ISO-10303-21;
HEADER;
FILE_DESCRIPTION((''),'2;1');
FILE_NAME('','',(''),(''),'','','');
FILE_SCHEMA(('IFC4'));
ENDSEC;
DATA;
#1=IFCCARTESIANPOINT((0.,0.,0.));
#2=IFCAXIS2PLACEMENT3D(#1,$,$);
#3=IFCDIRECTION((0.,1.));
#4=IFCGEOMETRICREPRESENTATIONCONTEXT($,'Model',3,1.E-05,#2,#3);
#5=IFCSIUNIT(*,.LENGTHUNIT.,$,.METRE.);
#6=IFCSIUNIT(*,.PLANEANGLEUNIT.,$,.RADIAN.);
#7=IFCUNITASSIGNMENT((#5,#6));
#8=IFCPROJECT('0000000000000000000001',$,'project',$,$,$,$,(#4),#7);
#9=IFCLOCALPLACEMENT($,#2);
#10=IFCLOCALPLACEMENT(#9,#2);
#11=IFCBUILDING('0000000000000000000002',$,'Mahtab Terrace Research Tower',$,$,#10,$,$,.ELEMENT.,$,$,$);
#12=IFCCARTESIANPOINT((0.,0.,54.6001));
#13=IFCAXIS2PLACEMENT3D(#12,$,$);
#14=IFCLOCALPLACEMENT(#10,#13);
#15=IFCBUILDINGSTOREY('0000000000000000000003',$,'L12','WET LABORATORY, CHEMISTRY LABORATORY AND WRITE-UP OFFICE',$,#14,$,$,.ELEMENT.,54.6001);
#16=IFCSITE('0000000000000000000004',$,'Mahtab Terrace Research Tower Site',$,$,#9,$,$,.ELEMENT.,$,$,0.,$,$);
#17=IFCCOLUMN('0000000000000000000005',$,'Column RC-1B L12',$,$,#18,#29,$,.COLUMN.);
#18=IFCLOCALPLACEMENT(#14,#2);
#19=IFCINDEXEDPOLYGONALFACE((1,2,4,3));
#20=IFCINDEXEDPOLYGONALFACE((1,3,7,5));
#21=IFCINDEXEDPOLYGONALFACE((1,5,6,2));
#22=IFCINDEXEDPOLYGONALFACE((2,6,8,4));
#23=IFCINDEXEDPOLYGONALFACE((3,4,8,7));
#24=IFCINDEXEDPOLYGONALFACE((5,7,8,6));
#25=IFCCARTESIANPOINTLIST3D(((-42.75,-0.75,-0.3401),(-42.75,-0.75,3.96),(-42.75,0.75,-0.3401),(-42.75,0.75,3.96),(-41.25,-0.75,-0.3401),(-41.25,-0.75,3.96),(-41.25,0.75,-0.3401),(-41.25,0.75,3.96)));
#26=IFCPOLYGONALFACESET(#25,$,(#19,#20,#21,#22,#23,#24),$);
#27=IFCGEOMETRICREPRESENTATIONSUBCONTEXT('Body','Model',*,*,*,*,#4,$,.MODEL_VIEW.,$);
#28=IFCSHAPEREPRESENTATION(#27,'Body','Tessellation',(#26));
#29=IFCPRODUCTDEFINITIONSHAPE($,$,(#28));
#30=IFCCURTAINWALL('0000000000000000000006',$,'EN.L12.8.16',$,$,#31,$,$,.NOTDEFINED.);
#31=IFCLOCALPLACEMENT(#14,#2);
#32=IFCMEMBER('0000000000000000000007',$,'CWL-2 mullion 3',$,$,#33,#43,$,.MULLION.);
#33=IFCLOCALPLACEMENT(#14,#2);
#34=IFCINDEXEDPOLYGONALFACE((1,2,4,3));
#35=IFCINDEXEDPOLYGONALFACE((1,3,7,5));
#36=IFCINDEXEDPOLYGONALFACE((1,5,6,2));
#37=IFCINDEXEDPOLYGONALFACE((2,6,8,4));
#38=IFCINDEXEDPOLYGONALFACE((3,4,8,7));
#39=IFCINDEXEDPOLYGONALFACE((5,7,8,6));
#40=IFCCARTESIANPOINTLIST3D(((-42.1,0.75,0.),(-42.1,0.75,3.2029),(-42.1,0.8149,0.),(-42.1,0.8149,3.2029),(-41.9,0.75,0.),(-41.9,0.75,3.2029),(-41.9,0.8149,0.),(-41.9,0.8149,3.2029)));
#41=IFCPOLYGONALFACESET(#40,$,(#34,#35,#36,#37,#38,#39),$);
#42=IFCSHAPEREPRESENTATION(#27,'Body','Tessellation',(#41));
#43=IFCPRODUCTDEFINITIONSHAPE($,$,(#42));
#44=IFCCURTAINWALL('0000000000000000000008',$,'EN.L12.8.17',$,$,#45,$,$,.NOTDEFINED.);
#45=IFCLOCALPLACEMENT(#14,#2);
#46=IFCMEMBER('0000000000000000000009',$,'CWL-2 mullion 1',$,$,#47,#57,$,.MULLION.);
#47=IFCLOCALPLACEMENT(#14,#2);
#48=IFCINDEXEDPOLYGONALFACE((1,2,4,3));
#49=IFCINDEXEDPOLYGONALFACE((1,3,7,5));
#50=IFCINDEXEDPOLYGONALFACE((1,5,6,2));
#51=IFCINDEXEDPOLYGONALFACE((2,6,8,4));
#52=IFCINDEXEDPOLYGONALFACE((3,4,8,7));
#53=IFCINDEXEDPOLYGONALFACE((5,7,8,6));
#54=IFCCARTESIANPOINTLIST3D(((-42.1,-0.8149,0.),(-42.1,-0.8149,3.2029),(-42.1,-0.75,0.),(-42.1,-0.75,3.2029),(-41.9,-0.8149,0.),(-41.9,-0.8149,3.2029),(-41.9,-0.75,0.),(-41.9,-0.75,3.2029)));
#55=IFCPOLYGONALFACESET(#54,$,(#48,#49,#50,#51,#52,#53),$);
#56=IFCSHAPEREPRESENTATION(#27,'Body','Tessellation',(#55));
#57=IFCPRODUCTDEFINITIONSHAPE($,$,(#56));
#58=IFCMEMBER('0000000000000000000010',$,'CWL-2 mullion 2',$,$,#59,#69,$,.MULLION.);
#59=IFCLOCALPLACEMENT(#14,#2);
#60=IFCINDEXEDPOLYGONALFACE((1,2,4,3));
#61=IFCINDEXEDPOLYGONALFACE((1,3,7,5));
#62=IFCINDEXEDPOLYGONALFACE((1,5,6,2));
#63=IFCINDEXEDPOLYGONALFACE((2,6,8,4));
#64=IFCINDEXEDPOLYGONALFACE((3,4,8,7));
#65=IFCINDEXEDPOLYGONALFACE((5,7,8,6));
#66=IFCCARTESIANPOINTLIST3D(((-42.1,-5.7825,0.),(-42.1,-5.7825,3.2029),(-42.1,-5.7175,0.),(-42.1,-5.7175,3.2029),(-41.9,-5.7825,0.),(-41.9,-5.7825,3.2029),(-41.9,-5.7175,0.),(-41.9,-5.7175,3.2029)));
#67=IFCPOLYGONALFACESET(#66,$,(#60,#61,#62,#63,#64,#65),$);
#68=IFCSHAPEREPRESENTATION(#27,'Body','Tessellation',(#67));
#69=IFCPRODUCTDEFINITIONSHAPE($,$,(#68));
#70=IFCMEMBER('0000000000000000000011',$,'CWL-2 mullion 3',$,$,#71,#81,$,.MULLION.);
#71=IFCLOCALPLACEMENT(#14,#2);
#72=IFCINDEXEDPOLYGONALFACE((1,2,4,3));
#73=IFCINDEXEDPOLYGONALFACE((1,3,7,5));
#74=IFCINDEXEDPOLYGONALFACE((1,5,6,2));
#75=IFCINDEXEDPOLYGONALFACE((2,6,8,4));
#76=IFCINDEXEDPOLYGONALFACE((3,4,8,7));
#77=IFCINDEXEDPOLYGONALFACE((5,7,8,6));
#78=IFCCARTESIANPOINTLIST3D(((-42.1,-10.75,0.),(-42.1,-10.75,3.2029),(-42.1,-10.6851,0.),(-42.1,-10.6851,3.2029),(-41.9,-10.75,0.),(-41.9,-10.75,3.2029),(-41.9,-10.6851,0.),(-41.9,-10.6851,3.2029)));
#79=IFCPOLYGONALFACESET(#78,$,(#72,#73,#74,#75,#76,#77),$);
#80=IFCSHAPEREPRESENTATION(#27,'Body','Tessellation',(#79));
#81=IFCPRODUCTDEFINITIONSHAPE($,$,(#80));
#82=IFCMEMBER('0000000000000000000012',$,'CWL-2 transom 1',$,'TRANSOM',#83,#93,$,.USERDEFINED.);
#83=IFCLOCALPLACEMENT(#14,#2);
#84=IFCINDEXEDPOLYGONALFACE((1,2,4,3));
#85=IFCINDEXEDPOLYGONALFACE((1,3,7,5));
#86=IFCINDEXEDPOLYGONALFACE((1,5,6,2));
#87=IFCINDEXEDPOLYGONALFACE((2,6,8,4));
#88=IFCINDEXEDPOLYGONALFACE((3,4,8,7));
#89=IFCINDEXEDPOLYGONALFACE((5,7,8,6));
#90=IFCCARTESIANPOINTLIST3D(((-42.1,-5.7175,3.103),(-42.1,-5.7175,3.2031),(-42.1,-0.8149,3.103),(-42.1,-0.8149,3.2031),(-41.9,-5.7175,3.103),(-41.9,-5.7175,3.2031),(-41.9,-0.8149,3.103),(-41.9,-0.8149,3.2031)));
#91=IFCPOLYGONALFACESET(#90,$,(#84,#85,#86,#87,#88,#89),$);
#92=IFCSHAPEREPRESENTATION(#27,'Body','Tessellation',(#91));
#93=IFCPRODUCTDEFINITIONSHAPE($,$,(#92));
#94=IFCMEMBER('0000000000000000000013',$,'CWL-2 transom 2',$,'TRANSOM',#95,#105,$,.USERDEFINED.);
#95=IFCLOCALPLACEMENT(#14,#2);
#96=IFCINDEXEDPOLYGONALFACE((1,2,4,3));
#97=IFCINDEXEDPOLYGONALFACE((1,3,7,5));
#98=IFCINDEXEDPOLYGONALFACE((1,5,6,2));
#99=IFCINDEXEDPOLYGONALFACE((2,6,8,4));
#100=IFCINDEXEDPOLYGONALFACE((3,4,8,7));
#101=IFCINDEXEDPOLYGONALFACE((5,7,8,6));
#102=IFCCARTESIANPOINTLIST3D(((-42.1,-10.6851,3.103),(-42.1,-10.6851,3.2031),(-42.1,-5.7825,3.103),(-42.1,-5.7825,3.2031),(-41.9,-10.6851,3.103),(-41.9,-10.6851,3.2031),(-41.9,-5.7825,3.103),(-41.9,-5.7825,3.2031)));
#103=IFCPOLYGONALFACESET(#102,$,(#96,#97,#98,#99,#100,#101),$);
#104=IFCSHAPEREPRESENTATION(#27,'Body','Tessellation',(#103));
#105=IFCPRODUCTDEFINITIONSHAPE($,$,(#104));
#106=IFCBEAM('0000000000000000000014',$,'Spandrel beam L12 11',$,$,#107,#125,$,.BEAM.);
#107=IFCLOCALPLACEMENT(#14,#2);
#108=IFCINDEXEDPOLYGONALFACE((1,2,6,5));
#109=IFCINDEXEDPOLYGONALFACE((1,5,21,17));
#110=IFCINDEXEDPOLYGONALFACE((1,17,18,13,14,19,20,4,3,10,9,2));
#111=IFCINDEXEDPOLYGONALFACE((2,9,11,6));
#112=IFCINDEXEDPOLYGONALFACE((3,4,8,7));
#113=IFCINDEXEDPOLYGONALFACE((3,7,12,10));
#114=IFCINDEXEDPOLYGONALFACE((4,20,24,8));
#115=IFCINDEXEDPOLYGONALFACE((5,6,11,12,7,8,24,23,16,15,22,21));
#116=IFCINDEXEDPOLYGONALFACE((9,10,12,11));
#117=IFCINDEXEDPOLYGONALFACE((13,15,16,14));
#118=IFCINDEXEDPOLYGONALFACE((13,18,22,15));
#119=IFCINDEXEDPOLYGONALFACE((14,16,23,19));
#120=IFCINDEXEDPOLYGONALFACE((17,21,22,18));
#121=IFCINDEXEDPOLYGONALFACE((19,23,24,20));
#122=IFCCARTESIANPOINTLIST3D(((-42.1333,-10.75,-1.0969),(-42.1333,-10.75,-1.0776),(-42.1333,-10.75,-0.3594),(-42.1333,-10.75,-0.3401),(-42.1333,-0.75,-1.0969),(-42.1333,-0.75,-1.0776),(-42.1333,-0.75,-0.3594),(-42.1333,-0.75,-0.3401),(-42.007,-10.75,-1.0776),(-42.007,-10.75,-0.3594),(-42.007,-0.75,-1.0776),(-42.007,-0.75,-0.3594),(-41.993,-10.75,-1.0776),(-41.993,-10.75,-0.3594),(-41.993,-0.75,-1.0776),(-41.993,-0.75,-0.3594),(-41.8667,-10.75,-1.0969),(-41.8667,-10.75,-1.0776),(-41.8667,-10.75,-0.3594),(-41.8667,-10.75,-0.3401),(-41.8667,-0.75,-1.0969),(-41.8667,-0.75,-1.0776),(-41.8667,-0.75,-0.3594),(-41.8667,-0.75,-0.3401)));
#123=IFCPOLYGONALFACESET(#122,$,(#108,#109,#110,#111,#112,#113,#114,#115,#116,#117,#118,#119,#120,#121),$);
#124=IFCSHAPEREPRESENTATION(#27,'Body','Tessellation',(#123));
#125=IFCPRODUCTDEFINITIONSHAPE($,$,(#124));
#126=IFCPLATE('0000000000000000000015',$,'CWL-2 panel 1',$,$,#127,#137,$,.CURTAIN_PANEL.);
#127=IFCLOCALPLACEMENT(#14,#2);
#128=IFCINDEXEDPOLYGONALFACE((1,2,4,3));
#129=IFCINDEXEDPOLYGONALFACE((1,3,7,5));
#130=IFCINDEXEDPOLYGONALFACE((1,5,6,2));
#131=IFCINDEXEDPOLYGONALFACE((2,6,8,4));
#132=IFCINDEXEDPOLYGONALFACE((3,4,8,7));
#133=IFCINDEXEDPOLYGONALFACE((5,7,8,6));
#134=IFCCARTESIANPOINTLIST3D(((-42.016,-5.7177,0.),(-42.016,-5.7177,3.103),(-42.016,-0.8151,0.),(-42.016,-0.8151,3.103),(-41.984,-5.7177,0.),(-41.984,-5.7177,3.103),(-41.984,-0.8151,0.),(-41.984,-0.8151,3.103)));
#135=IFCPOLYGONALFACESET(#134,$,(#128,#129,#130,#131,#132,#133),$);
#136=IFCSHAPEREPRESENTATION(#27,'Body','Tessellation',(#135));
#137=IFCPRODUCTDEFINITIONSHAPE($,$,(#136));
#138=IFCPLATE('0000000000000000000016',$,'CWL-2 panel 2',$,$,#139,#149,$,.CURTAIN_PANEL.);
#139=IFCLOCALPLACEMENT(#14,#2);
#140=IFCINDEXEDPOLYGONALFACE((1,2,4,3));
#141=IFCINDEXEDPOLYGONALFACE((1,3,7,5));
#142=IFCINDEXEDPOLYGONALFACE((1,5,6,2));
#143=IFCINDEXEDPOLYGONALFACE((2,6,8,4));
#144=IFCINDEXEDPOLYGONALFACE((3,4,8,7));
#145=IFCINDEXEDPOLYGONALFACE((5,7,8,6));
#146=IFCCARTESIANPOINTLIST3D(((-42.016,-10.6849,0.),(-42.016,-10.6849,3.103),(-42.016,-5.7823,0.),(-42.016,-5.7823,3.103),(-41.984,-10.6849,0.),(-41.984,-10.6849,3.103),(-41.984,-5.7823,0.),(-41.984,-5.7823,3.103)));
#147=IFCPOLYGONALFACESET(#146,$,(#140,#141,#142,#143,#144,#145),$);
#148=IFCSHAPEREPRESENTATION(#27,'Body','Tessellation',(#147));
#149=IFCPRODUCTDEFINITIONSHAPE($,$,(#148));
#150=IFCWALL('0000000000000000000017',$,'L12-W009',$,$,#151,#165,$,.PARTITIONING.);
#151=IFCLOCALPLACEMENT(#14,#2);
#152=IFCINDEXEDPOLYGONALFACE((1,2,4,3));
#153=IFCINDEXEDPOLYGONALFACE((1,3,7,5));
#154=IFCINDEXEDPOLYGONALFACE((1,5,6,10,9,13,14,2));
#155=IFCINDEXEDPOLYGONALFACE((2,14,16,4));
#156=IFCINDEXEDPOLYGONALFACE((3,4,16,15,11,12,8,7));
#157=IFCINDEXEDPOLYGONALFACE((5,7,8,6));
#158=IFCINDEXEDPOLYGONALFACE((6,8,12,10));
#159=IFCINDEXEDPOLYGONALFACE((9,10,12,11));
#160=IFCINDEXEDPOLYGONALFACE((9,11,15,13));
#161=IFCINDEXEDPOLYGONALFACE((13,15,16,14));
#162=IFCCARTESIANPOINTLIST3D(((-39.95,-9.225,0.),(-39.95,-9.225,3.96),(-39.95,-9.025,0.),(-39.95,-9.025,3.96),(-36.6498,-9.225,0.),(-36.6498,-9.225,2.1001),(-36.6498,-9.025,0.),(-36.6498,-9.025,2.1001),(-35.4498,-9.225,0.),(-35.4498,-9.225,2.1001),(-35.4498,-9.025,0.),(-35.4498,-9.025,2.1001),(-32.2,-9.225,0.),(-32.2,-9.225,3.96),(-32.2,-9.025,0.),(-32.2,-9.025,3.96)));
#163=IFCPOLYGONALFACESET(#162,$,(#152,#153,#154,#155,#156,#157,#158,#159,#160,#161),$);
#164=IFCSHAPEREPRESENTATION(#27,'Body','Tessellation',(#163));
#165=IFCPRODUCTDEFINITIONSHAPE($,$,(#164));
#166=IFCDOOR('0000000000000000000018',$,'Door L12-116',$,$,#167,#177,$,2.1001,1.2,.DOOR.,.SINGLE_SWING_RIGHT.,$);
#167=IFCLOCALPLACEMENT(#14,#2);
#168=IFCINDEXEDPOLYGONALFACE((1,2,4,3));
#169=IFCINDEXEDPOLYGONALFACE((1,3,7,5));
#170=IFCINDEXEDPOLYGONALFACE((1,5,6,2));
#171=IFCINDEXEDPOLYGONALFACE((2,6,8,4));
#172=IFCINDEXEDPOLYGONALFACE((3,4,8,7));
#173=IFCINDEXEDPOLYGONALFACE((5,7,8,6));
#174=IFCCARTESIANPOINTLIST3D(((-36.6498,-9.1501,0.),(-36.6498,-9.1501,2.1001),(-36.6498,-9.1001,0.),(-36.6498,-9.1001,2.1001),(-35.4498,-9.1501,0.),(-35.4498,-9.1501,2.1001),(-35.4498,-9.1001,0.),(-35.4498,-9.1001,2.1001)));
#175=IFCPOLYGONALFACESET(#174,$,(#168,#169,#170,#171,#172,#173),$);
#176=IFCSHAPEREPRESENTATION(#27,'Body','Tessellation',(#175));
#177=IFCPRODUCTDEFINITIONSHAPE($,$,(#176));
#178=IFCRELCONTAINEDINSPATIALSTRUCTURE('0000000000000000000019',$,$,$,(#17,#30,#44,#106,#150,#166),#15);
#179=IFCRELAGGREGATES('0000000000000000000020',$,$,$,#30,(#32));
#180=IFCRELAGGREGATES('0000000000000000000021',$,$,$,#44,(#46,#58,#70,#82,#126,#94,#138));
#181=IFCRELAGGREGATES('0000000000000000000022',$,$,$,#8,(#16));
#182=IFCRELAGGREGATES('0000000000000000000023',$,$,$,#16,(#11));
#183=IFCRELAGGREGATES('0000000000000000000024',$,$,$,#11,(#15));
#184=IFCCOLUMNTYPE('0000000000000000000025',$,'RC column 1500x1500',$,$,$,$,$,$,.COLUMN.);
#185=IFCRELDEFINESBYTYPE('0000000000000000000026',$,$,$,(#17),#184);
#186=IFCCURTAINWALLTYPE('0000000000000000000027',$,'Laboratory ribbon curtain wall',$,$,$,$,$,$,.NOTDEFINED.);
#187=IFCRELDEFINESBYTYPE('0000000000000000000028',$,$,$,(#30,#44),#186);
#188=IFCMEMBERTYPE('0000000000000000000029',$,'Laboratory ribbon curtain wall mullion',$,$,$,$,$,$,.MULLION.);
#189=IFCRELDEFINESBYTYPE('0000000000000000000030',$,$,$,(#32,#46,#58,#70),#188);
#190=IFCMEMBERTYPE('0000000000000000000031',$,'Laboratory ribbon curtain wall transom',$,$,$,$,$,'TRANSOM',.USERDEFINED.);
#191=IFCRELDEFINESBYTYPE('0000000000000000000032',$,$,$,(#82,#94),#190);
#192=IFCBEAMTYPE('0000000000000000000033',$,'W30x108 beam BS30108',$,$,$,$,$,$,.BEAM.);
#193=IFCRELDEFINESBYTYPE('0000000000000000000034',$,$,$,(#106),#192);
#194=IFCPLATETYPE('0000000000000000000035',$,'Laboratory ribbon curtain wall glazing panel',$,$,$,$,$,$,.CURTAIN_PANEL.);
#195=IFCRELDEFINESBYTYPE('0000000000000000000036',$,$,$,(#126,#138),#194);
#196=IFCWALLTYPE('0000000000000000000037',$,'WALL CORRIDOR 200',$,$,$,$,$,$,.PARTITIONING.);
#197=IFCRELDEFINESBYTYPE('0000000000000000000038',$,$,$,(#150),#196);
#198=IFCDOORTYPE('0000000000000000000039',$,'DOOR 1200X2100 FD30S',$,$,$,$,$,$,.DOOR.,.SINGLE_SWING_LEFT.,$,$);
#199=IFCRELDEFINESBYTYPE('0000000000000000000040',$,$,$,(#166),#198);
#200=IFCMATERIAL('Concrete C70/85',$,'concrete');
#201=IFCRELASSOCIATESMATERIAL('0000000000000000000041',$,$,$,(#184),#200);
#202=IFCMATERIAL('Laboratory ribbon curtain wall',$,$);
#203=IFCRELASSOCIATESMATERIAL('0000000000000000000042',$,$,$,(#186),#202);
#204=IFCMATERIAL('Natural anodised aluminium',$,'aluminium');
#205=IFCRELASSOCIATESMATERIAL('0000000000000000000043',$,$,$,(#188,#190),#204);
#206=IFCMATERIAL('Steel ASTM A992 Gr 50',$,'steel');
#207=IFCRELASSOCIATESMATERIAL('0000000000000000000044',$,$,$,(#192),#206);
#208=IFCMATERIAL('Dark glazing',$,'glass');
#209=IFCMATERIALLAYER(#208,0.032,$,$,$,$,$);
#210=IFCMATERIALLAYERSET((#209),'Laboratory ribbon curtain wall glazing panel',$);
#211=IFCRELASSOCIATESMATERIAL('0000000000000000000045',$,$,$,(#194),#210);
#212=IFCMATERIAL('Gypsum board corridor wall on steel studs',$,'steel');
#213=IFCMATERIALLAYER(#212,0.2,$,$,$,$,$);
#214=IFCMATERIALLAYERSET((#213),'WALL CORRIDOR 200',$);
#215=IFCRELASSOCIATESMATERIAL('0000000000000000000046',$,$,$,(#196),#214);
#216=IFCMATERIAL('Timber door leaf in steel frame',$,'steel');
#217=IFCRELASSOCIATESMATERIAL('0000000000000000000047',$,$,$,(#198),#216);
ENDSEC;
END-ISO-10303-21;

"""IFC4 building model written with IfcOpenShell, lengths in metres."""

from ifc_helpers import new_model, si_unit, direction, frame, frame_2d, origin, origin_2d, place, context, subcontext, project, spatial, rectangle, i_section, extrude, material, layer, layer_set, material_profile, profile_set, type_object, element, fill, aggregate, save


model = new_model("IFC4")

# Units and contexts
model_context = context("Model", 3, precision=1e-05, world=origin(), true_north=direction((0.0, 1.0)))
body_context = subcontext(model_context, "Body", "Model", "MODEL_VIEW")
ifc_project = project(units=[si_unit("LENGTHUNIT", "METRE"), si_unit("PLANEANGLEUNIT", "RADIAN")], contexts=[model_context])

# Site, building, storey
site_placement = place(None, origin())
site = spatial("IfcSite", under=ifc_project, at=site_placement, Name="Mahtab Terrace Research Tower Site", CompositionType="ELEMENT", RefElevation=0.0)
building_placement = place(site_placement, origin())
building = spatial("IfcBuilding", under=site, at=building_placement, Name="Mahtab Terrace Research Tower", CompositionType="ELEMENT")
storey_placement = place(building_placement, frame((0.0, 0.0, 54.6001)))
storey = spatial("IfcBuildingStorey", under=building, at=storey_placement, Name="L12", Description="WET LABORATORY, CHEMISTRY LABORATORY AND WRITE-UP OFFICE", CompositionType="ELEMENT", Elevation=54.6001)

# Column
ifc_material_1 = material(Name="Concrete C70/85", Category="concrete")
ifc_material_profile_1 = material_profile(ifc_material_1, rectangle(XDim=1.5, YDim=1.5, at=origin_2d()), Name="RC column 1500x1500")
ifc_profile_set_1 = profile_set([ifc_material_profile_1], Name="Concrete C70/85")
column_type = type_object("IfcColumnType", Name="RC column 1500x1500", PredefinedType="COLUMN", material=ifc_profile_set_1)
column_placement = place(storey_placement, frame((-42.0, 0.0, -0.3401), z_axis=(0.0, 0.0, 1.0), x_axis=(1.0, 0.0, 0.0)))
element("IfcColumn", 1, at=column_placement, inside=storey, type_object=column_type, Name="Column RC-1B L12", PredefinedType="COLUMN", context=body_context, shape_type="SweptSolid", body=[
    extrude(rectangle(XDim=1.5, YDim=1.5, at=origin_2d()), origin(), (0.0, 0.0, 1.0), 4.3),
])

# Curtain wall, member
ifc_material_2 = material(Name="Laboratory ribbon curtain wall")
curtain_wall_type = type_object("IfcCurtainWallType", Name="Laboratory ribbon curtain wall", PredefinedType="NOTDEFINED", material=ifc_material_2)
curtain_wall_1_placement = place(storey_placement, origin())
curtain_wall_1 = element("IfcCurtainWall", 2, at=curtain_wall_1_placement, inside=storey, type_object=curtain_wall_type, Name="EN.L12.8.16", PredefinedType="NOTDEFINED")
ifc_material_3 = material(Name="Natural anodised aluminium", Category="aluminium")
ifc_material_profile_2 = material_profile(ifc_material_3, rectangle(XDim=0.2, YDim=0.0649, at=origin_2d()), Name="MULLION 65x200")
ifc_profile_set_2 = profile_set([ifc_material_profile_2], Name="Natural anodised aluminium")
member_type_1 = type_object("IfcMemberType", Name="Laboratory ribbon curtain wall mullion", PredefinedType="MULLION", material=ifc_profile_set_2)
member_1_placement = place(storey_placement, frame((-42.0, 0.7825, 0.0), z_axis=(0.0, 0.0, 1.0), x_axis=(1.0, 0.0, 0.0)))
member_1 = element("IfcMember", 3, at=member_1_placement, type_object=member_type_1, Name="CWL-2 mullion 3", PredefinedType="MULLION", context=body_context, shape_type="SweptSolid", body=[
    extrude(rectangle(XDim=0.2, YDim=0.0649, at=origin_2d()), origin(), (0.0, 0.0, 1.0), 3.2029),
])
aggregate(curtain_wall_1, [member_1])

# Curtain wall, members
curtain_wall_2_placement = place(storey_placement, origin())
curtain_wall_2 = element("IfcCurtainWall", 4, at=curtain_wall_2_placement, inside=storey, type_object=curtain_wall_type, Name="EN.L12.8.17", PredefinedType="NOTDEFINED")
member_2_placement = place(storey_placement, frame((-42.0, -0.7825, 0.0), z_axis=(0.0, 0.0, 1.0), x_axis=(1.0, 0.0, 0.0)))
member_2 = element("IfcMember", 5, at=member_2_placement, type_object=member_type_1, Name="CWL-2 mullion 1", PredefinedType="MULLION", context=body_context, shape_type="SweptSolid", body=[
    extrude(rectangle(XDim=0.2, YDim=0.0649, at=origin_2d()), origin(), (0.0, 0.0, 1.0), 3.2029),
])
member_3_placement = place(storey_placement, frame((-42.0, -5.75, 0.0), z_axis=(0.0, 0.0, 1.0), x_axis=(1.0, 0.0, 0.0)))
member_3 = element("IfcMember", 6, at=member_3_placement, type_object=member_type_1, Name="CWL-2 mullion 2", PredefinedType="MULLION", context=body_context, shape_type="SweptSolid", body=[
    extrude(rectangle(XDim=0.2, YDim=0.0649, at=origin_2d()), origin(), (0.0, 0.0, 1.0), 3.2029),
])
member_4_placement = place(storey_placement, frame((-42.0, -10.7175, 0.0), z_axis=(0.0, 0.0, 1.0), x_axis=(1.0, 0.0, 0.0)))
member_4 = element("IfcMember", 7, at=member_4_placement, type_object=member_type_1, Name="CWL-2 mullion 3", PredefinedType="MULLION", context=body_context, shape_type="SweptSolid", body=[
    extrude(rectangle(XDim=0.2, YDim=0.0649, at=origin_2d()), origin(), (0.0, 0.0, 1.0), 3.2029),
])
ifc_material_profile_3 = material_profile(ifc_material_3, rectangle(XDim=0.2, YDim=0.1001, at=origin_2d()), Name="TRANSOM 100x200")
ifc_profile_set_3 = profile_set([ifc_material_profile_3], Name="Natural anodised aluminium")
member_type_2 = type_object("IfcMemberType", Name="Laboratory ribbon curtain wall transom", ElementType="TRANSOM", PredefinedType="USERDEFINED", material=ifc_profile_set_3)
member_5_placement = place(storey_placement, frame((-42.0, -0.8149, 3.1531), z_axis=(0.0, -1.0, 0.0), x_axis=(1.0, 0.0, 0.0)))
member_5 = element("IfcMember", 8, at=member_5_placement, type_object=member_type_2, Name="CWL-2 transom 1", ObjectType="TRANSOM", PredefinedType="USERDEFINED", context=body_context, shape_type="SweptSolid", body=[
    extrude(rectangle(XDim=0.2, YDim=0.1001, at=origin_2d()), origin(), (0.0, 0.0, 1.0), 4.9026),
])
member_6_placement = place(storey_placement, frame((-42.0, -5.7825, 3.1531), z_axis=(0.0, -1.0, 0.0), x_axis=(1.0, 0.0, 0.0)))
member_6 = element("IfcMember", 9, at=member_6_placement, type_object=member_type_2, Name="CWL-2 transom 2", ObjectType="TRANSOM", PredefinedType="USERDEFINED", context=body_context, shape_type="SweptSolid", body=[
    extrude(rectangle(XDim=0.2, YDim=0.1001, at=origin_2d()), origin(), (0.0, 0.0, 1.0), 4.9026),
])

# Beam
ifc_material_4 = material(Name="Steel ASTM A992 Gr 50", Category="steel")
ifc_material_profile_4 = material_profile(ifc_material_4, i_section(OverallWidth=0.2666, OverallDepth=0.7568, WebThickness=0.0139, FlangeThickness=0.0193, at=origin_2d()), Name="W30X108")
ifc_profile_set_4 = profile_set([ifc_material_profile_4], Name="Steel ASTM A992 Gr 50")
beam_type = type_object("IfcBeamType", Name="W30x108 beam BS30108", PredefinedType="BEAM", material=ifc_profile_set_4)
beam_placement = place(storey_placement, frame((-42.0, -0.75, -0.7185), z_axis=(0.0, -1.0, 0.0), x_axis=(1.0, 0.0, 0.0)))
element("IfcBeam", 10, at=beam_placement, inside=storey, type_object=beam_type, Name="Spandrel beam L12 11", PredefinedType="BEAM", context=body_context, shape_type="SweptSolid", body=[
    extrude(i_section(OverallWidth=0.2666, OverallDepth=0.7568, WebThickness=0.0139, FlangeThickness=0.0193, at=origin_2d()), origin(), (0.0, 0.0, 1.0), 10.0),
])

# Plates
ifc_material_5 = material(Name="Dark glazing", Category="glass")
ifc_layer_1 = layer(ifc_material_5, 0.032)
ifc_layer_set_1 = layer_set([ifc_layer_1], Name="Laboratory ribbon curtain wall glazing panel")
plate_type = type_object("IfcPlateType", Name="Laboratory ribbon curtain wall glazing panel", PredefinedType="CURTAIN_PANEL", material=ifc_layer_set_1)
plate_1_placement = place(storey_placement, frame((-42.0, -3.2664, 0.0), z_axis=(0.0, 0.0, 1.0), x_axis=(0.0, -1.0, 0.0)))
plate_1 = element("IfcPlate", 11, at=plate_1_placement, type_object=plate_type, Name="CWL-2 panel 1", PredefinedType="CURTAIN_PANEL", context=body_context, shape_type="SweptSolid", body=[
    extrude(rectangle(XDim=4.9026, YDim=0.032, at=origin_2d()), origin(), (0.0, 0.0, 1.0), 3.103),
])
plate_2_placement = place(storey_placement, frame((-42.0, -8.2336, 0.0), z_axis=(0.0, 0.0, 1.0), x_axis=(0.0, -1.0, 0.0)))
plate_2 = element("IfcPlate", 12, at=plate_2_placement, type_object=plate_type, Name="CWL-2 panel 2", PredefinedType="CURTAIN_PANEL", context=body_context, shape_type="SweptSolid", body=[
    extrude(rectangle(XDim=4.9026, YDim=0.032, at=origin_2d()), origin(), (0.0, 0.0, 1.0), 3.103),
])
aggregate(curtain_wall_2, [member_2, member_3, member_4, member_5, plate_1, member_6, plate_2])

# Wall, opening, door
ifc_material_6 = material(Name="Gypsum board corridor wall on steel studs", Category="steel")
ifc_layer_2 = layer(ifc_material_6, 0.2)
ifc_layer_set_2 = layer_set([ifc_layer_2], Name="WALL CORRIDOR 200")
wall_type_1 = type_object("IfcWallType", Name="WALL CORRIDOR 200", PredefinedType="PARTITIONING", material=ifc_layer_set_2)
wall_1_placement = place(storey_placement, frame((-39.95, -9.125, 0.0), z_axis=(0.0, 0.0, 1.0), x_axis=(1.0, 0.0, 0.0)))
wall_1 = element("IfcWall", 13, at=wall_1_placement, inside=storey, type_object=wall_type_1, Name="L12-W009", PredefinedType="PARTITIONING", context=body_context, shape_type="SweptSolid", body=[
    extrude(rectangle(XDim=7.75, YDim=0.2, at=frame_2d((3.875, 0.0))), origin(), (0.0, 0.0, 1.0), 3.96),
])
opening_1_placement = place(wall_1_placement, frame((3.3, 0.0, 0.0)))
opening_1 = element("IfcOpeningElement", 14, at=opening_1_placement, cuts=wall_1, PredefinedType="OPENING", context=body_context, shape_type="SweptSolid", body=[
    extrude(rectangle(XDim=1.2, YDim=2.1001, at=frame_2d((0.6001, 1.05))), frame((0.0, 0.1099, 0.0), z_axis=(0.0, -1.0, 0.0), x_axis=(1.0, 0.0, 0.0)), (0.0, 0.0, 1.0), 0.22),
])
ifc_material_7 = material(Name="Timber door leaf in steel frame", Category="steel")
door_type = type_object("IfcDoorType", Name="DOOR 1200X2100 FD30S", OperationType="SINGLE_SWING_LEFT", PredefinedType="DOOR", material=ifc_material_7)
door_1_placement = place(opening_1_placement, origin())
door_1 = element("IfcDoor", 15, at=door_1_placement, inside=storey, type_object=door_type, Name="Door L12-116", OperationType="SINGLE_SWING_RIGHT", OverallHeight=2.1001, OverallWidth=1.2, PredefinedType="DOOR", context=body_context, shape_type="SweptSolid", body=[
    extrude(rectangle(XDim=1.2, YDim=2.1001, at=frame_2d((0.6001, 1.05))), frame((0.0, 0.0249, 0.0), z_axis=(0.0, -1.0, 0.0), x_axis=(1.0, 0.0, 0.0)), (0.0, 0.0, 1.0), 0.05),
])
fill(opening_1, door_1)

save(model, "model.ifc")
